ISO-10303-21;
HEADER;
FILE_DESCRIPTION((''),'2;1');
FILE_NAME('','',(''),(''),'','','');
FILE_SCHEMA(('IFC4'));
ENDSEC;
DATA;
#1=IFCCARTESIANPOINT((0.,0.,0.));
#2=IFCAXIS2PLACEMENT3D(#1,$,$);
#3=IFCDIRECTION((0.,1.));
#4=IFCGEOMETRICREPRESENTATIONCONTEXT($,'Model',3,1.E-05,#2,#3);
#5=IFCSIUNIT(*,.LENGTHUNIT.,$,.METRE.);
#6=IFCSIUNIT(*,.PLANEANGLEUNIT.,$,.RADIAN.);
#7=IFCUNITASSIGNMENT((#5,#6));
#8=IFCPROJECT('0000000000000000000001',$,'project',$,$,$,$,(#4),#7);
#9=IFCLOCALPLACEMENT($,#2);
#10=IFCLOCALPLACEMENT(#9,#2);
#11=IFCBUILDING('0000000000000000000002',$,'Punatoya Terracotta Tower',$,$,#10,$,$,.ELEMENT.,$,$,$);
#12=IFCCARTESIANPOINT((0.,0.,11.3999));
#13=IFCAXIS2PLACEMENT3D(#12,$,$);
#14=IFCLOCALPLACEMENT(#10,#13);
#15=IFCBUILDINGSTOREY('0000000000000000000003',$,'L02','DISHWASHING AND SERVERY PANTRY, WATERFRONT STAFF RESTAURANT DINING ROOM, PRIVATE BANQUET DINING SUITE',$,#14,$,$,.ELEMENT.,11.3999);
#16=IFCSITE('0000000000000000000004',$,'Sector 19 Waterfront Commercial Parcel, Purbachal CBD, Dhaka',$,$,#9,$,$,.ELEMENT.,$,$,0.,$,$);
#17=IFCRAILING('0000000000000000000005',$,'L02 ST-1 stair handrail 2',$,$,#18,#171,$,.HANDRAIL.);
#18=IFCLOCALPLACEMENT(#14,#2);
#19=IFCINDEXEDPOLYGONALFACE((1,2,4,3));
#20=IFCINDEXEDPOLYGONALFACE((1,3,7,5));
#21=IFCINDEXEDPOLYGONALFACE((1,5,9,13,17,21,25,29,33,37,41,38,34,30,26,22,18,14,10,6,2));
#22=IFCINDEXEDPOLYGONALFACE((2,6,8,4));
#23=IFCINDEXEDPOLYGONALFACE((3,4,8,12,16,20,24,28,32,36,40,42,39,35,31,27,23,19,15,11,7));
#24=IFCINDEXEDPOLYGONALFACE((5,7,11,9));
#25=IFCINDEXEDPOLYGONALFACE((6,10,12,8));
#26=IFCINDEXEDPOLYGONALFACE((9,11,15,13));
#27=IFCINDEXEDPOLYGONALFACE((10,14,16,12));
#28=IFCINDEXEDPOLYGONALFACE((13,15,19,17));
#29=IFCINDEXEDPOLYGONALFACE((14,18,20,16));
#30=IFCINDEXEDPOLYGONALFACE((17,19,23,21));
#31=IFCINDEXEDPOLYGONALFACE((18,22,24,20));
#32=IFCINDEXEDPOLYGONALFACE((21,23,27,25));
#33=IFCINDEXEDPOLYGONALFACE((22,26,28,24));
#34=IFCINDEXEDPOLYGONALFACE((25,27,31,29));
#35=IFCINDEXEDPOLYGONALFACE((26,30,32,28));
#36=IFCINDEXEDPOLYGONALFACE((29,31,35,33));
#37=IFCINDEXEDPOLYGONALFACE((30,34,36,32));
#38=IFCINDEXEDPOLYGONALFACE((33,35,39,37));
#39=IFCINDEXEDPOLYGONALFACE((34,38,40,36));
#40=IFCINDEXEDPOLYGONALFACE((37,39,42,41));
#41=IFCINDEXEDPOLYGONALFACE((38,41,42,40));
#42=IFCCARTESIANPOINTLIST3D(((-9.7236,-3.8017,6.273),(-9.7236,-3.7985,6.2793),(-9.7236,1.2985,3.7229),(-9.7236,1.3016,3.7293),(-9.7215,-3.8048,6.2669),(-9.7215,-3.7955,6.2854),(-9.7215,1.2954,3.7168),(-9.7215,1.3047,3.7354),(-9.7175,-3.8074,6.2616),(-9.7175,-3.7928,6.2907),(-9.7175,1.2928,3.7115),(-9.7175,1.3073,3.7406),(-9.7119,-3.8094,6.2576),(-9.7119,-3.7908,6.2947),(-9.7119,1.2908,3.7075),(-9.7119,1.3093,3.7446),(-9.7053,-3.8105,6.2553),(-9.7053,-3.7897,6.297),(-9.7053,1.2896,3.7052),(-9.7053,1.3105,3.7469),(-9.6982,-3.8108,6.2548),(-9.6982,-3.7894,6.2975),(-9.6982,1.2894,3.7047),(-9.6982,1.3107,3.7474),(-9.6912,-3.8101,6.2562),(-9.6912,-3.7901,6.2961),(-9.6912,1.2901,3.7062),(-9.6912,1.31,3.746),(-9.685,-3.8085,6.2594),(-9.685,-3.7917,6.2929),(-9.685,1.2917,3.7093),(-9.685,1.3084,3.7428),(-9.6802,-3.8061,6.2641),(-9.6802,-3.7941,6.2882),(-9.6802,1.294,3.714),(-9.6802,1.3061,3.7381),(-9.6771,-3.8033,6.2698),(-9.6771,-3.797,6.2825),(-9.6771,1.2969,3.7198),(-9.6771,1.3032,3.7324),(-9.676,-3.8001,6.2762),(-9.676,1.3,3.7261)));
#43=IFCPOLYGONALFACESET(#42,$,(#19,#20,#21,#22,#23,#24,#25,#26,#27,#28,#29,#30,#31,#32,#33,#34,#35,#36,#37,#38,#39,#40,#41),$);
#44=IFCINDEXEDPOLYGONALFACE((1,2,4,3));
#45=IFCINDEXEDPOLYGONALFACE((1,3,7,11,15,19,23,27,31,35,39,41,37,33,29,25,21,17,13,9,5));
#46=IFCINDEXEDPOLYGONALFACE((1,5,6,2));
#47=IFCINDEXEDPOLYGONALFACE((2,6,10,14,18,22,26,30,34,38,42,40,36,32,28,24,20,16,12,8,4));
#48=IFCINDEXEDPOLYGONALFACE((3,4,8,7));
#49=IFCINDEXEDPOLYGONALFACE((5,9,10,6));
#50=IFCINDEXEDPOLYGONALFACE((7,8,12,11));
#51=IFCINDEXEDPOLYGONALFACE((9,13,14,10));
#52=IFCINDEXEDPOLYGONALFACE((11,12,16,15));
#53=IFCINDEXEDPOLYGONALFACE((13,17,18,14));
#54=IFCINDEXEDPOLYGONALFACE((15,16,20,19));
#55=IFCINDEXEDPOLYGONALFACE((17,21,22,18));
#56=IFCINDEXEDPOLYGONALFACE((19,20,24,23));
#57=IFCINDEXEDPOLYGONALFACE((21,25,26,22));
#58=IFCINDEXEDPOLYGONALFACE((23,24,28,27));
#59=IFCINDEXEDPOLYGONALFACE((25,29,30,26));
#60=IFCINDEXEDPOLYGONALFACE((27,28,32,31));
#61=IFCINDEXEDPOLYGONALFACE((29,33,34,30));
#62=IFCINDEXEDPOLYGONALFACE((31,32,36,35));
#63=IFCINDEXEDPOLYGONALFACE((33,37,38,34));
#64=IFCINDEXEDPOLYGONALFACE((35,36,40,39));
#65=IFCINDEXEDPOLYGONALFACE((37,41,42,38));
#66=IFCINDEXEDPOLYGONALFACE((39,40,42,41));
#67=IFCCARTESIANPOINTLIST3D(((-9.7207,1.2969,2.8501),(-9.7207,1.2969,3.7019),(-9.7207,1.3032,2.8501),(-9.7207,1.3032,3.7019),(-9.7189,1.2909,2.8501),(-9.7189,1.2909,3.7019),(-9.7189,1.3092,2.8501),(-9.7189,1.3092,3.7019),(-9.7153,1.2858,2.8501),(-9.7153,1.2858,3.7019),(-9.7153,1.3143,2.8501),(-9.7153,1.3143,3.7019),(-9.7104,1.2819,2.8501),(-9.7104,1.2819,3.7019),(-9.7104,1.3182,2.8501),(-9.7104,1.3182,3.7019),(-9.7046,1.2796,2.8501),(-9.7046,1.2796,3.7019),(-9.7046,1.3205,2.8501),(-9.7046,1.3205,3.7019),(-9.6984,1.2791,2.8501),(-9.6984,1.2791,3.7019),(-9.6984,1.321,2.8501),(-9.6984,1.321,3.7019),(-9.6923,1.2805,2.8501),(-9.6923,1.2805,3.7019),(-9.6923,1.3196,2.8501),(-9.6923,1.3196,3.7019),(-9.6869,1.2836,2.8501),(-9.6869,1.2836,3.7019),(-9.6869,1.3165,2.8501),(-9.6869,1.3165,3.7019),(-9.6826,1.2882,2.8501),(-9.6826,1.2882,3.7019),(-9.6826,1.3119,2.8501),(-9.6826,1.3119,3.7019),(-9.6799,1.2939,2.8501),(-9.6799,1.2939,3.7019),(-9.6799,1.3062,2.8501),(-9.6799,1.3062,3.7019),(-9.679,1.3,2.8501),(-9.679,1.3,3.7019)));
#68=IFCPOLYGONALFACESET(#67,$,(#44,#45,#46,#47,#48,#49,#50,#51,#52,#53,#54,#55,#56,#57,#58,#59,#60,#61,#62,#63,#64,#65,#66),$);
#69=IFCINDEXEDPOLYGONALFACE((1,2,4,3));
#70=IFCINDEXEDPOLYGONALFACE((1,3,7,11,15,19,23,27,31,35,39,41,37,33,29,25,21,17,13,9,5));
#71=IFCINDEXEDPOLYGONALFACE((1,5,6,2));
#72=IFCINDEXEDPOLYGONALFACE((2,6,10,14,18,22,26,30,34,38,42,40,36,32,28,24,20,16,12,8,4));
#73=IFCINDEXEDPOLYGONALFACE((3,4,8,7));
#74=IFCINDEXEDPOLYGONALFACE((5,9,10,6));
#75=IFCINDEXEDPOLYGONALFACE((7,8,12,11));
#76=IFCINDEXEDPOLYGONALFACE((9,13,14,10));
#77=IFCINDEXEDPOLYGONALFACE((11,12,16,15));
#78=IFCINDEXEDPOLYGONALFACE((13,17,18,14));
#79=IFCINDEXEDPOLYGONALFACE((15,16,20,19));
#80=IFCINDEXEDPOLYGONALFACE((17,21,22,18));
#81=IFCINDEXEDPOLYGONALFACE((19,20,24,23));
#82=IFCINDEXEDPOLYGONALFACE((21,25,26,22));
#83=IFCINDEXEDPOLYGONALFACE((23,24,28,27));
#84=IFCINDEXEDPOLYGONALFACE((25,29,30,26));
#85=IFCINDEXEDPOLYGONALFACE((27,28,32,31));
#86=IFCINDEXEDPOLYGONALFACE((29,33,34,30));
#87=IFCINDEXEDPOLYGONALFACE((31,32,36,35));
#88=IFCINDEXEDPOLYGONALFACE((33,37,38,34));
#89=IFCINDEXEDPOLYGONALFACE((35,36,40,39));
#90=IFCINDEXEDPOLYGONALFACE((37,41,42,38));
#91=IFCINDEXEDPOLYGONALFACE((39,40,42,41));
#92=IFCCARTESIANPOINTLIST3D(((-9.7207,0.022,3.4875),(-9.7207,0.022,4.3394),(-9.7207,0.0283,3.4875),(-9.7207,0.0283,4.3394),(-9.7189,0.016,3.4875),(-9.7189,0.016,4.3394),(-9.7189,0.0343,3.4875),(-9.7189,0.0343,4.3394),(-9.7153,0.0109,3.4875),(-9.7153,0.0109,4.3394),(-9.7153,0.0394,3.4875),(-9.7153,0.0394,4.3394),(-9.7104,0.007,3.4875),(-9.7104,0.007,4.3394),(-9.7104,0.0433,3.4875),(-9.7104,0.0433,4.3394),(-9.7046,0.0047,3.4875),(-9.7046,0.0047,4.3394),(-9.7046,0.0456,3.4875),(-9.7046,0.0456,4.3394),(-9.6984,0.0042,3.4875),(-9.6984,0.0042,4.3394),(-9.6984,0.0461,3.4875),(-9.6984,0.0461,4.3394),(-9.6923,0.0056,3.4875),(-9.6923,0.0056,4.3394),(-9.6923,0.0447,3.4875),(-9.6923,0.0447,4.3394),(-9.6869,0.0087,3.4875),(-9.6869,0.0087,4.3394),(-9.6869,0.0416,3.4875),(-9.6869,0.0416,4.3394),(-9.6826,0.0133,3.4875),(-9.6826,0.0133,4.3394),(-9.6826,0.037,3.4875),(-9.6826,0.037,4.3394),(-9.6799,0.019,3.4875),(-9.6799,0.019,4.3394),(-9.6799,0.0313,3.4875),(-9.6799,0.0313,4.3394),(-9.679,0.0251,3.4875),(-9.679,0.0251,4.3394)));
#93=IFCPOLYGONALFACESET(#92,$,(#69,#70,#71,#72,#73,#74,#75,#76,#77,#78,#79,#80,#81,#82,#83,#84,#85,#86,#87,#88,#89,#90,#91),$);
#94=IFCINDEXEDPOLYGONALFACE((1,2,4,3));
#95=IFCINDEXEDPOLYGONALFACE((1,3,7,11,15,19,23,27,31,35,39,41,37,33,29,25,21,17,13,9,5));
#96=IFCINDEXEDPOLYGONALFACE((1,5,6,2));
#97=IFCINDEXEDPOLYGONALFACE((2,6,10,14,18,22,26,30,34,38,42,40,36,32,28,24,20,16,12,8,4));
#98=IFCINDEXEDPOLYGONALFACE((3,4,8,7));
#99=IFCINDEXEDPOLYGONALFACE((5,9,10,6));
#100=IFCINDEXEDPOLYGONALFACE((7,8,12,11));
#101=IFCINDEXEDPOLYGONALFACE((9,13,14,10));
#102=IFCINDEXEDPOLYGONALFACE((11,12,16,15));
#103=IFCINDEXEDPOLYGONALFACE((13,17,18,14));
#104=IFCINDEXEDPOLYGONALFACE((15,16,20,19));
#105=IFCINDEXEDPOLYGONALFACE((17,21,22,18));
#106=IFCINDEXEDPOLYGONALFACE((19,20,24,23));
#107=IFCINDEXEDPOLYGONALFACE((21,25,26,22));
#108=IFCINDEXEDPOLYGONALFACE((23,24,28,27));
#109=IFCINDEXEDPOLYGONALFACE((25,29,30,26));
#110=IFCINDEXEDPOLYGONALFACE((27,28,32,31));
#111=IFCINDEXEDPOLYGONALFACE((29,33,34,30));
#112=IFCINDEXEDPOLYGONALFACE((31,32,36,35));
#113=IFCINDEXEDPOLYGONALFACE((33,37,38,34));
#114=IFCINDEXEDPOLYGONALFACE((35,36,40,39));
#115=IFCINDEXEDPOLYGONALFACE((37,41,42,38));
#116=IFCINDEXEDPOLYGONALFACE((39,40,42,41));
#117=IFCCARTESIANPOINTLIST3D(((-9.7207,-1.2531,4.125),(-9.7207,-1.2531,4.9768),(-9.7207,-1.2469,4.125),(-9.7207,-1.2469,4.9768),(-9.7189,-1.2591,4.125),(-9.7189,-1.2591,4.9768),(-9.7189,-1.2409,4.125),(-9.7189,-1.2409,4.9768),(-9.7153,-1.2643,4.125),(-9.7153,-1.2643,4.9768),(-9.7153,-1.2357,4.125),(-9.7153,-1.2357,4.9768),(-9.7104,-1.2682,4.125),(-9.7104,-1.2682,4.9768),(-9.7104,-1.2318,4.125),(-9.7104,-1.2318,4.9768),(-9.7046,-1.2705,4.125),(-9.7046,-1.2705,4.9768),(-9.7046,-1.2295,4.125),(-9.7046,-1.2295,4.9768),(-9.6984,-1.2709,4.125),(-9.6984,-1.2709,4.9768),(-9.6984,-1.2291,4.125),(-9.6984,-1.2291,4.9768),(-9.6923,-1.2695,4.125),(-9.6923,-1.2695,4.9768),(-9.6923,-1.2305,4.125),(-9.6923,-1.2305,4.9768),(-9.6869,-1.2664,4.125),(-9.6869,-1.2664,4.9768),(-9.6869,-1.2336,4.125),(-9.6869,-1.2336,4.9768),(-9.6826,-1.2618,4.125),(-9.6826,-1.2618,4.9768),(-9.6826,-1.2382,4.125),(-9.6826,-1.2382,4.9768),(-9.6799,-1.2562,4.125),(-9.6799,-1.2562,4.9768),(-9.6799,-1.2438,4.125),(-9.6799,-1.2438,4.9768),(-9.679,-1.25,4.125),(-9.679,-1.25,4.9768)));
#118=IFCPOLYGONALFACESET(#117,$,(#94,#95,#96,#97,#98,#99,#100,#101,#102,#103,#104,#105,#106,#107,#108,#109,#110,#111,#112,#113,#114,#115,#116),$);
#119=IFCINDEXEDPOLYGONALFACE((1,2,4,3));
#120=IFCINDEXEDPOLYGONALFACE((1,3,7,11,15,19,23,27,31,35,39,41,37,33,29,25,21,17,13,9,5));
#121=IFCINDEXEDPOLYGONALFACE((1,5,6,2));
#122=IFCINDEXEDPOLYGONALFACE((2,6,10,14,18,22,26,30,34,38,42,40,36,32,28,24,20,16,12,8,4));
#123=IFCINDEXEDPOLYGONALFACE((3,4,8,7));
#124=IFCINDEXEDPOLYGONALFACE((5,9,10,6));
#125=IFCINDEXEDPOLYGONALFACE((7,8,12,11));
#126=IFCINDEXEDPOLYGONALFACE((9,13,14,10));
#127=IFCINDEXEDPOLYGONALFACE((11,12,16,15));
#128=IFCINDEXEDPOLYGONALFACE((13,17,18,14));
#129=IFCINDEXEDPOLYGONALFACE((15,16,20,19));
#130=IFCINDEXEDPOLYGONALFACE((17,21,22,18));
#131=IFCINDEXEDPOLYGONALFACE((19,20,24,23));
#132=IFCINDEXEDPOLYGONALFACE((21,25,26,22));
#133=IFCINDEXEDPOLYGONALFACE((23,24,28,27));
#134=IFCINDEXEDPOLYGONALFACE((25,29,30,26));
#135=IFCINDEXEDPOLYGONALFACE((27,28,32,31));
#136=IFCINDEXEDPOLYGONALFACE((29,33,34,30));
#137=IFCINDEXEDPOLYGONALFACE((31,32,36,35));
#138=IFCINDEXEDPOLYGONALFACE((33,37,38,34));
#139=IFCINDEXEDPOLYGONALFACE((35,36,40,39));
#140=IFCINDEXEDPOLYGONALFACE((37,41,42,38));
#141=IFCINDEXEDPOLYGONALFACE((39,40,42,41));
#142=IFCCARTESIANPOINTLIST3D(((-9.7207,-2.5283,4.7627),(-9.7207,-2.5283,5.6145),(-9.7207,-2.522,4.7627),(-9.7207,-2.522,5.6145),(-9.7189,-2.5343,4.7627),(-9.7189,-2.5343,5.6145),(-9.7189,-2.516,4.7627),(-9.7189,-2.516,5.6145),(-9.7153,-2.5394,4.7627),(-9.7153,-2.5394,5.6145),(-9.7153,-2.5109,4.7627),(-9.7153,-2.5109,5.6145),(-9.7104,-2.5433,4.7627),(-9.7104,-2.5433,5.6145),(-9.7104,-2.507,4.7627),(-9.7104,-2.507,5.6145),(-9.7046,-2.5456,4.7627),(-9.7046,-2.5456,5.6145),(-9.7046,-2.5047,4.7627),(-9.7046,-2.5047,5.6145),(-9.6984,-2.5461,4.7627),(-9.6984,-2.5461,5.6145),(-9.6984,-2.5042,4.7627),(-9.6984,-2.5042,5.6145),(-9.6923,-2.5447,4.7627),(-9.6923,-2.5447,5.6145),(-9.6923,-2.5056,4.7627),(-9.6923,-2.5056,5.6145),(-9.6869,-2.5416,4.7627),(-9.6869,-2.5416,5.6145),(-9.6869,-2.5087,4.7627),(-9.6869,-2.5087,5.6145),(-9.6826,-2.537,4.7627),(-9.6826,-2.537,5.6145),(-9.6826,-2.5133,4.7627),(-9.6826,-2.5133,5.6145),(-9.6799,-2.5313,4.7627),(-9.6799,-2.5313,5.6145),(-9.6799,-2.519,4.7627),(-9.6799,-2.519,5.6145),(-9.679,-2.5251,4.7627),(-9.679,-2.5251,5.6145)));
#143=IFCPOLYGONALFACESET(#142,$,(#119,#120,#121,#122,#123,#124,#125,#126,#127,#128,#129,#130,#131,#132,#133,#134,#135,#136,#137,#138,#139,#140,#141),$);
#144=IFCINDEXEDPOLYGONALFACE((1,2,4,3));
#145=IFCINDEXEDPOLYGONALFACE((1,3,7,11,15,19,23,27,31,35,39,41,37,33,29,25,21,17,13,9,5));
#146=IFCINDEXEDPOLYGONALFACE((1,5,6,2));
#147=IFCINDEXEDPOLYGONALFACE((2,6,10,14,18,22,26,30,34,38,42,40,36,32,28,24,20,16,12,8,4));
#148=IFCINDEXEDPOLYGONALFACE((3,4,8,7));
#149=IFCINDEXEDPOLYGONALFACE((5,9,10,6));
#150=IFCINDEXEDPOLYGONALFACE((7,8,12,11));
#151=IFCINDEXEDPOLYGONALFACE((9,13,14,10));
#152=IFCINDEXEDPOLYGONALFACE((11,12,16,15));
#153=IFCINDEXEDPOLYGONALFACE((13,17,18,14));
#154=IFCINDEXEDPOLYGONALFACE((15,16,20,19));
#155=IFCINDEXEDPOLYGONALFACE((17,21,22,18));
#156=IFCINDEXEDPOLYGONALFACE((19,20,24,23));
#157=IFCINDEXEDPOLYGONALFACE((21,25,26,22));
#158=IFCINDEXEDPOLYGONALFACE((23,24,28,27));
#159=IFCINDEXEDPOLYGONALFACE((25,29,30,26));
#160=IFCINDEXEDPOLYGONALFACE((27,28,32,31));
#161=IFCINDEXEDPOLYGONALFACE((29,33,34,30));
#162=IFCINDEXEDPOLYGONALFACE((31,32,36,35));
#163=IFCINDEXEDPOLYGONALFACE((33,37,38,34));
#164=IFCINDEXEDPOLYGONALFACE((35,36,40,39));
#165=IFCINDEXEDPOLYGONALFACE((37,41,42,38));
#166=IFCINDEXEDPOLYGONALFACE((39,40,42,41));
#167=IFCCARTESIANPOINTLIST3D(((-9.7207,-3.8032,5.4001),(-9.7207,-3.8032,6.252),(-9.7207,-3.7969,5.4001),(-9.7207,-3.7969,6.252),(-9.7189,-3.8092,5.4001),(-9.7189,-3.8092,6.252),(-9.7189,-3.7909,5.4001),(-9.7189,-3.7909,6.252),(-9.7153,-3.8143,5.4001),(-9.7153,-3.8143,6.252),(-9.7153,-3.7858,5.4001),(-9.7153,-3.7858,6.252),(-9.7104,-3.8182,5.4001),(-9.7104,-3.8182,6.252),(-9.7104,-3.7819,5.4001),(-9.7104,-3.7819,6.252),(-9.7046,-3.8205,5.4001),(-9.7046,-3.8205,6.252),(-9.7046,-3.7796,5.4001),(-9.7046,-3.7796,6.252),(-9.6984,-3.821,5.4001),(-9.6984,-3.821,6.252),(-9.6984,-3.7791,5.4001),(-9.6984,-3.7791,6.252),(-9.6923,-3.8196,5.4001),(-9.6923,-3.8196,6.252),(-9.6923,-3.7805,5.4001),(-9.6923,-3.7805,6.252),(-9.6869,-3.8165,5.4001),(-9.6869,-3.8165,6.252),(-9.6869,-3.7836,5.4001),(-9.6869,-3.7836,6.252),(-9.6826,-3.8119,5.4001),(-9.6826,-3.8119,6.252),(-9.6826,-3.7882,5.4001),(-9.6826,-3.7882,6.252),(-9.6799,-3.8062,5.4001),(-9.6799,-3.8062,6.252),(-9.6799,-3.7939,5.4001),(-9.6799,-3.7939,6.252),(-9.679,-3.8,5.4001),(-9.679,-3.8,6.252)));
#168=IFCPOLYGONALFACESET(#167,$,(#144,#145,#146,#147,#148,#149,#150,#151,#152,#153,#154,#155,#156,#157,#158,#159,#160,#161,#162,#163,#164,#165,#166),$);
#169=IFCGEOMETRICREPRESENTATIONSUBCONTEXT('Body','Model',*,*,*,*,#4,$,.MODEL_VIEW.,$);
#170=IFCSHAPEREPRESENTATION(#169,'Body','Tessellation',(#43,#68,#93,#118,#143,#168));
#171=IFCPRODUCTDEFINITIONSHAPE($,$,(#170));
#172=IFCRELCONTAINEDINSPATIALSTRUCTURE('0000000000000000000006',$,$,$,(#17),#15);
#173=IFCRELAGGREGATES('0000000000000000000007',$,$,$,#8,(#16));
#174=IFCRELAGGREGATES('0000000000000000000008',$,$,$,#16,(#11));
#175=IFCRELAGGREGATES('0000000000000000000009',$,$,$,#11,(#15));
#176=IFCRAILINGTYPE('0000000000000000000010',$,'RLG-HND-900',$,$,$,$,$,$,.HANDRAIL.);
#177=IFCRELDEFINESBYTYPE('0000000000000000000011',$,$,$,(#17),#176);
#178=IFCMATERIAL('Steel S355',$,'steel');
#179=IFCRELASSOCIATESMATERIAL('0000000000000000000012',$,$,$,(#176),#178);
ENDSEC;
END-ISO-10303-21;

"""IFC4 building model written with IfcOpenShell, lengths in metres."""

from ifc_helpers import new_model, si_unit, direction, frame, origin, origin_2d, place, context, subcontext, project, spatial, circle, extrude, material, type_object, element, save


model = new_model("IFC4")

# Units and contexts
model_context = context("Model", 3, precision=1e-05, world=origin(), true_north=direction((0.0, 1.0)))
body_context = subcontext(model_context, "Body", "Model", "MODEL_VIEW")
ifc_project = project(units=[si_unit("LENGTHUNIT", "METRE"), si_unit("PLANEANGLEUNIT", "RADIAN")], contexts=[model_context])

# Site, building, storey
site_placement = place(None, origin())
site = spatial("IfcSite", under=ifc_project, at=site_placement, Name="Sector 19 Waterfront Commercial Parcel, Purbachal CBD, Dhaka", CompositionType="ELEMENT", RefElevation=0.0)
building_placement = place(site_placement, origin())
building = spatial("IfcBuilding", under=site, at=building_placement, Name="Punatoya Terracotta Tower", CompositionType="ELEMENT")
storey_placement = place(building_placement, frame((0.0, 0.0, 11.3999)))
storey = spatial("IfcBuildingStorey", under=building, at=storey_placement, Name="L02", Description="DISHWASHING AND SERVERY PANTRY, WATERFRONT STAFF RESTAURANT DINING ROOM, PRIVATE BANQUET DINING SUITE", CompositionType="ELEMENT", Elevation=11.3999)

# Shared definitions
ifc_material_1 = material(Name="Steel S355", Category="steel")

# Railing
railing_type_1 = type_object("IfcRailingType", Name="RLG-HND-900", PredefinedType="HANDRAIL", material=ifc_material_1)
railing_1_placement = place(storey_placement, frame((-9.7, 1.3, 2.8501)))
element("IfcRailing", 1, at=railing_1_placement, inside=storey, type_object=railing_type_1, Name="L02 ST-1 stair handrail 2", PredefinedType="HANDRAIL", context=body_context, shape_type="SweptSolid", body=[
    extrude(circle(Radius=0.0239, at=origin_2d()), frame((0.0, 0.0, 0.876), z_axis=(0.0, -0.894427, 0.447214), x_axis=(1.0, 0.0, 0.0)), (0.0, 0.0, 1.0), 5.7021),
    extrude(circle(Radius=0.021, at=origin_2d()), origin(), (0.0, 0.0, 1.0), 0.8518),
    extrude(circle(Radius=0.021, at=origin_2d()), frame((0.0, -1.2749, 0.6375)), (0.0, 0.0, 1.0), 0.8518),
    extrude(circle(Radius=0.021, at=origin_2d()), frame((0.0, -2.55, 1.2749)), (0.0, 0.0, 1.0), 0.8518),
    extrude(circle(Radius=0.021, at=origin_2d()), frame((0.0, -3.8252, 1.9126)), (0.0, 0.0, 1.0), 0.8518),
    extrude(circle(Radius=0.021, at=origin_2d()), frame((0.0, -5.1001, 2.55)), (0.0, 0.0, 1.0), 0.8518),
])

save(model, "model.ifc")
